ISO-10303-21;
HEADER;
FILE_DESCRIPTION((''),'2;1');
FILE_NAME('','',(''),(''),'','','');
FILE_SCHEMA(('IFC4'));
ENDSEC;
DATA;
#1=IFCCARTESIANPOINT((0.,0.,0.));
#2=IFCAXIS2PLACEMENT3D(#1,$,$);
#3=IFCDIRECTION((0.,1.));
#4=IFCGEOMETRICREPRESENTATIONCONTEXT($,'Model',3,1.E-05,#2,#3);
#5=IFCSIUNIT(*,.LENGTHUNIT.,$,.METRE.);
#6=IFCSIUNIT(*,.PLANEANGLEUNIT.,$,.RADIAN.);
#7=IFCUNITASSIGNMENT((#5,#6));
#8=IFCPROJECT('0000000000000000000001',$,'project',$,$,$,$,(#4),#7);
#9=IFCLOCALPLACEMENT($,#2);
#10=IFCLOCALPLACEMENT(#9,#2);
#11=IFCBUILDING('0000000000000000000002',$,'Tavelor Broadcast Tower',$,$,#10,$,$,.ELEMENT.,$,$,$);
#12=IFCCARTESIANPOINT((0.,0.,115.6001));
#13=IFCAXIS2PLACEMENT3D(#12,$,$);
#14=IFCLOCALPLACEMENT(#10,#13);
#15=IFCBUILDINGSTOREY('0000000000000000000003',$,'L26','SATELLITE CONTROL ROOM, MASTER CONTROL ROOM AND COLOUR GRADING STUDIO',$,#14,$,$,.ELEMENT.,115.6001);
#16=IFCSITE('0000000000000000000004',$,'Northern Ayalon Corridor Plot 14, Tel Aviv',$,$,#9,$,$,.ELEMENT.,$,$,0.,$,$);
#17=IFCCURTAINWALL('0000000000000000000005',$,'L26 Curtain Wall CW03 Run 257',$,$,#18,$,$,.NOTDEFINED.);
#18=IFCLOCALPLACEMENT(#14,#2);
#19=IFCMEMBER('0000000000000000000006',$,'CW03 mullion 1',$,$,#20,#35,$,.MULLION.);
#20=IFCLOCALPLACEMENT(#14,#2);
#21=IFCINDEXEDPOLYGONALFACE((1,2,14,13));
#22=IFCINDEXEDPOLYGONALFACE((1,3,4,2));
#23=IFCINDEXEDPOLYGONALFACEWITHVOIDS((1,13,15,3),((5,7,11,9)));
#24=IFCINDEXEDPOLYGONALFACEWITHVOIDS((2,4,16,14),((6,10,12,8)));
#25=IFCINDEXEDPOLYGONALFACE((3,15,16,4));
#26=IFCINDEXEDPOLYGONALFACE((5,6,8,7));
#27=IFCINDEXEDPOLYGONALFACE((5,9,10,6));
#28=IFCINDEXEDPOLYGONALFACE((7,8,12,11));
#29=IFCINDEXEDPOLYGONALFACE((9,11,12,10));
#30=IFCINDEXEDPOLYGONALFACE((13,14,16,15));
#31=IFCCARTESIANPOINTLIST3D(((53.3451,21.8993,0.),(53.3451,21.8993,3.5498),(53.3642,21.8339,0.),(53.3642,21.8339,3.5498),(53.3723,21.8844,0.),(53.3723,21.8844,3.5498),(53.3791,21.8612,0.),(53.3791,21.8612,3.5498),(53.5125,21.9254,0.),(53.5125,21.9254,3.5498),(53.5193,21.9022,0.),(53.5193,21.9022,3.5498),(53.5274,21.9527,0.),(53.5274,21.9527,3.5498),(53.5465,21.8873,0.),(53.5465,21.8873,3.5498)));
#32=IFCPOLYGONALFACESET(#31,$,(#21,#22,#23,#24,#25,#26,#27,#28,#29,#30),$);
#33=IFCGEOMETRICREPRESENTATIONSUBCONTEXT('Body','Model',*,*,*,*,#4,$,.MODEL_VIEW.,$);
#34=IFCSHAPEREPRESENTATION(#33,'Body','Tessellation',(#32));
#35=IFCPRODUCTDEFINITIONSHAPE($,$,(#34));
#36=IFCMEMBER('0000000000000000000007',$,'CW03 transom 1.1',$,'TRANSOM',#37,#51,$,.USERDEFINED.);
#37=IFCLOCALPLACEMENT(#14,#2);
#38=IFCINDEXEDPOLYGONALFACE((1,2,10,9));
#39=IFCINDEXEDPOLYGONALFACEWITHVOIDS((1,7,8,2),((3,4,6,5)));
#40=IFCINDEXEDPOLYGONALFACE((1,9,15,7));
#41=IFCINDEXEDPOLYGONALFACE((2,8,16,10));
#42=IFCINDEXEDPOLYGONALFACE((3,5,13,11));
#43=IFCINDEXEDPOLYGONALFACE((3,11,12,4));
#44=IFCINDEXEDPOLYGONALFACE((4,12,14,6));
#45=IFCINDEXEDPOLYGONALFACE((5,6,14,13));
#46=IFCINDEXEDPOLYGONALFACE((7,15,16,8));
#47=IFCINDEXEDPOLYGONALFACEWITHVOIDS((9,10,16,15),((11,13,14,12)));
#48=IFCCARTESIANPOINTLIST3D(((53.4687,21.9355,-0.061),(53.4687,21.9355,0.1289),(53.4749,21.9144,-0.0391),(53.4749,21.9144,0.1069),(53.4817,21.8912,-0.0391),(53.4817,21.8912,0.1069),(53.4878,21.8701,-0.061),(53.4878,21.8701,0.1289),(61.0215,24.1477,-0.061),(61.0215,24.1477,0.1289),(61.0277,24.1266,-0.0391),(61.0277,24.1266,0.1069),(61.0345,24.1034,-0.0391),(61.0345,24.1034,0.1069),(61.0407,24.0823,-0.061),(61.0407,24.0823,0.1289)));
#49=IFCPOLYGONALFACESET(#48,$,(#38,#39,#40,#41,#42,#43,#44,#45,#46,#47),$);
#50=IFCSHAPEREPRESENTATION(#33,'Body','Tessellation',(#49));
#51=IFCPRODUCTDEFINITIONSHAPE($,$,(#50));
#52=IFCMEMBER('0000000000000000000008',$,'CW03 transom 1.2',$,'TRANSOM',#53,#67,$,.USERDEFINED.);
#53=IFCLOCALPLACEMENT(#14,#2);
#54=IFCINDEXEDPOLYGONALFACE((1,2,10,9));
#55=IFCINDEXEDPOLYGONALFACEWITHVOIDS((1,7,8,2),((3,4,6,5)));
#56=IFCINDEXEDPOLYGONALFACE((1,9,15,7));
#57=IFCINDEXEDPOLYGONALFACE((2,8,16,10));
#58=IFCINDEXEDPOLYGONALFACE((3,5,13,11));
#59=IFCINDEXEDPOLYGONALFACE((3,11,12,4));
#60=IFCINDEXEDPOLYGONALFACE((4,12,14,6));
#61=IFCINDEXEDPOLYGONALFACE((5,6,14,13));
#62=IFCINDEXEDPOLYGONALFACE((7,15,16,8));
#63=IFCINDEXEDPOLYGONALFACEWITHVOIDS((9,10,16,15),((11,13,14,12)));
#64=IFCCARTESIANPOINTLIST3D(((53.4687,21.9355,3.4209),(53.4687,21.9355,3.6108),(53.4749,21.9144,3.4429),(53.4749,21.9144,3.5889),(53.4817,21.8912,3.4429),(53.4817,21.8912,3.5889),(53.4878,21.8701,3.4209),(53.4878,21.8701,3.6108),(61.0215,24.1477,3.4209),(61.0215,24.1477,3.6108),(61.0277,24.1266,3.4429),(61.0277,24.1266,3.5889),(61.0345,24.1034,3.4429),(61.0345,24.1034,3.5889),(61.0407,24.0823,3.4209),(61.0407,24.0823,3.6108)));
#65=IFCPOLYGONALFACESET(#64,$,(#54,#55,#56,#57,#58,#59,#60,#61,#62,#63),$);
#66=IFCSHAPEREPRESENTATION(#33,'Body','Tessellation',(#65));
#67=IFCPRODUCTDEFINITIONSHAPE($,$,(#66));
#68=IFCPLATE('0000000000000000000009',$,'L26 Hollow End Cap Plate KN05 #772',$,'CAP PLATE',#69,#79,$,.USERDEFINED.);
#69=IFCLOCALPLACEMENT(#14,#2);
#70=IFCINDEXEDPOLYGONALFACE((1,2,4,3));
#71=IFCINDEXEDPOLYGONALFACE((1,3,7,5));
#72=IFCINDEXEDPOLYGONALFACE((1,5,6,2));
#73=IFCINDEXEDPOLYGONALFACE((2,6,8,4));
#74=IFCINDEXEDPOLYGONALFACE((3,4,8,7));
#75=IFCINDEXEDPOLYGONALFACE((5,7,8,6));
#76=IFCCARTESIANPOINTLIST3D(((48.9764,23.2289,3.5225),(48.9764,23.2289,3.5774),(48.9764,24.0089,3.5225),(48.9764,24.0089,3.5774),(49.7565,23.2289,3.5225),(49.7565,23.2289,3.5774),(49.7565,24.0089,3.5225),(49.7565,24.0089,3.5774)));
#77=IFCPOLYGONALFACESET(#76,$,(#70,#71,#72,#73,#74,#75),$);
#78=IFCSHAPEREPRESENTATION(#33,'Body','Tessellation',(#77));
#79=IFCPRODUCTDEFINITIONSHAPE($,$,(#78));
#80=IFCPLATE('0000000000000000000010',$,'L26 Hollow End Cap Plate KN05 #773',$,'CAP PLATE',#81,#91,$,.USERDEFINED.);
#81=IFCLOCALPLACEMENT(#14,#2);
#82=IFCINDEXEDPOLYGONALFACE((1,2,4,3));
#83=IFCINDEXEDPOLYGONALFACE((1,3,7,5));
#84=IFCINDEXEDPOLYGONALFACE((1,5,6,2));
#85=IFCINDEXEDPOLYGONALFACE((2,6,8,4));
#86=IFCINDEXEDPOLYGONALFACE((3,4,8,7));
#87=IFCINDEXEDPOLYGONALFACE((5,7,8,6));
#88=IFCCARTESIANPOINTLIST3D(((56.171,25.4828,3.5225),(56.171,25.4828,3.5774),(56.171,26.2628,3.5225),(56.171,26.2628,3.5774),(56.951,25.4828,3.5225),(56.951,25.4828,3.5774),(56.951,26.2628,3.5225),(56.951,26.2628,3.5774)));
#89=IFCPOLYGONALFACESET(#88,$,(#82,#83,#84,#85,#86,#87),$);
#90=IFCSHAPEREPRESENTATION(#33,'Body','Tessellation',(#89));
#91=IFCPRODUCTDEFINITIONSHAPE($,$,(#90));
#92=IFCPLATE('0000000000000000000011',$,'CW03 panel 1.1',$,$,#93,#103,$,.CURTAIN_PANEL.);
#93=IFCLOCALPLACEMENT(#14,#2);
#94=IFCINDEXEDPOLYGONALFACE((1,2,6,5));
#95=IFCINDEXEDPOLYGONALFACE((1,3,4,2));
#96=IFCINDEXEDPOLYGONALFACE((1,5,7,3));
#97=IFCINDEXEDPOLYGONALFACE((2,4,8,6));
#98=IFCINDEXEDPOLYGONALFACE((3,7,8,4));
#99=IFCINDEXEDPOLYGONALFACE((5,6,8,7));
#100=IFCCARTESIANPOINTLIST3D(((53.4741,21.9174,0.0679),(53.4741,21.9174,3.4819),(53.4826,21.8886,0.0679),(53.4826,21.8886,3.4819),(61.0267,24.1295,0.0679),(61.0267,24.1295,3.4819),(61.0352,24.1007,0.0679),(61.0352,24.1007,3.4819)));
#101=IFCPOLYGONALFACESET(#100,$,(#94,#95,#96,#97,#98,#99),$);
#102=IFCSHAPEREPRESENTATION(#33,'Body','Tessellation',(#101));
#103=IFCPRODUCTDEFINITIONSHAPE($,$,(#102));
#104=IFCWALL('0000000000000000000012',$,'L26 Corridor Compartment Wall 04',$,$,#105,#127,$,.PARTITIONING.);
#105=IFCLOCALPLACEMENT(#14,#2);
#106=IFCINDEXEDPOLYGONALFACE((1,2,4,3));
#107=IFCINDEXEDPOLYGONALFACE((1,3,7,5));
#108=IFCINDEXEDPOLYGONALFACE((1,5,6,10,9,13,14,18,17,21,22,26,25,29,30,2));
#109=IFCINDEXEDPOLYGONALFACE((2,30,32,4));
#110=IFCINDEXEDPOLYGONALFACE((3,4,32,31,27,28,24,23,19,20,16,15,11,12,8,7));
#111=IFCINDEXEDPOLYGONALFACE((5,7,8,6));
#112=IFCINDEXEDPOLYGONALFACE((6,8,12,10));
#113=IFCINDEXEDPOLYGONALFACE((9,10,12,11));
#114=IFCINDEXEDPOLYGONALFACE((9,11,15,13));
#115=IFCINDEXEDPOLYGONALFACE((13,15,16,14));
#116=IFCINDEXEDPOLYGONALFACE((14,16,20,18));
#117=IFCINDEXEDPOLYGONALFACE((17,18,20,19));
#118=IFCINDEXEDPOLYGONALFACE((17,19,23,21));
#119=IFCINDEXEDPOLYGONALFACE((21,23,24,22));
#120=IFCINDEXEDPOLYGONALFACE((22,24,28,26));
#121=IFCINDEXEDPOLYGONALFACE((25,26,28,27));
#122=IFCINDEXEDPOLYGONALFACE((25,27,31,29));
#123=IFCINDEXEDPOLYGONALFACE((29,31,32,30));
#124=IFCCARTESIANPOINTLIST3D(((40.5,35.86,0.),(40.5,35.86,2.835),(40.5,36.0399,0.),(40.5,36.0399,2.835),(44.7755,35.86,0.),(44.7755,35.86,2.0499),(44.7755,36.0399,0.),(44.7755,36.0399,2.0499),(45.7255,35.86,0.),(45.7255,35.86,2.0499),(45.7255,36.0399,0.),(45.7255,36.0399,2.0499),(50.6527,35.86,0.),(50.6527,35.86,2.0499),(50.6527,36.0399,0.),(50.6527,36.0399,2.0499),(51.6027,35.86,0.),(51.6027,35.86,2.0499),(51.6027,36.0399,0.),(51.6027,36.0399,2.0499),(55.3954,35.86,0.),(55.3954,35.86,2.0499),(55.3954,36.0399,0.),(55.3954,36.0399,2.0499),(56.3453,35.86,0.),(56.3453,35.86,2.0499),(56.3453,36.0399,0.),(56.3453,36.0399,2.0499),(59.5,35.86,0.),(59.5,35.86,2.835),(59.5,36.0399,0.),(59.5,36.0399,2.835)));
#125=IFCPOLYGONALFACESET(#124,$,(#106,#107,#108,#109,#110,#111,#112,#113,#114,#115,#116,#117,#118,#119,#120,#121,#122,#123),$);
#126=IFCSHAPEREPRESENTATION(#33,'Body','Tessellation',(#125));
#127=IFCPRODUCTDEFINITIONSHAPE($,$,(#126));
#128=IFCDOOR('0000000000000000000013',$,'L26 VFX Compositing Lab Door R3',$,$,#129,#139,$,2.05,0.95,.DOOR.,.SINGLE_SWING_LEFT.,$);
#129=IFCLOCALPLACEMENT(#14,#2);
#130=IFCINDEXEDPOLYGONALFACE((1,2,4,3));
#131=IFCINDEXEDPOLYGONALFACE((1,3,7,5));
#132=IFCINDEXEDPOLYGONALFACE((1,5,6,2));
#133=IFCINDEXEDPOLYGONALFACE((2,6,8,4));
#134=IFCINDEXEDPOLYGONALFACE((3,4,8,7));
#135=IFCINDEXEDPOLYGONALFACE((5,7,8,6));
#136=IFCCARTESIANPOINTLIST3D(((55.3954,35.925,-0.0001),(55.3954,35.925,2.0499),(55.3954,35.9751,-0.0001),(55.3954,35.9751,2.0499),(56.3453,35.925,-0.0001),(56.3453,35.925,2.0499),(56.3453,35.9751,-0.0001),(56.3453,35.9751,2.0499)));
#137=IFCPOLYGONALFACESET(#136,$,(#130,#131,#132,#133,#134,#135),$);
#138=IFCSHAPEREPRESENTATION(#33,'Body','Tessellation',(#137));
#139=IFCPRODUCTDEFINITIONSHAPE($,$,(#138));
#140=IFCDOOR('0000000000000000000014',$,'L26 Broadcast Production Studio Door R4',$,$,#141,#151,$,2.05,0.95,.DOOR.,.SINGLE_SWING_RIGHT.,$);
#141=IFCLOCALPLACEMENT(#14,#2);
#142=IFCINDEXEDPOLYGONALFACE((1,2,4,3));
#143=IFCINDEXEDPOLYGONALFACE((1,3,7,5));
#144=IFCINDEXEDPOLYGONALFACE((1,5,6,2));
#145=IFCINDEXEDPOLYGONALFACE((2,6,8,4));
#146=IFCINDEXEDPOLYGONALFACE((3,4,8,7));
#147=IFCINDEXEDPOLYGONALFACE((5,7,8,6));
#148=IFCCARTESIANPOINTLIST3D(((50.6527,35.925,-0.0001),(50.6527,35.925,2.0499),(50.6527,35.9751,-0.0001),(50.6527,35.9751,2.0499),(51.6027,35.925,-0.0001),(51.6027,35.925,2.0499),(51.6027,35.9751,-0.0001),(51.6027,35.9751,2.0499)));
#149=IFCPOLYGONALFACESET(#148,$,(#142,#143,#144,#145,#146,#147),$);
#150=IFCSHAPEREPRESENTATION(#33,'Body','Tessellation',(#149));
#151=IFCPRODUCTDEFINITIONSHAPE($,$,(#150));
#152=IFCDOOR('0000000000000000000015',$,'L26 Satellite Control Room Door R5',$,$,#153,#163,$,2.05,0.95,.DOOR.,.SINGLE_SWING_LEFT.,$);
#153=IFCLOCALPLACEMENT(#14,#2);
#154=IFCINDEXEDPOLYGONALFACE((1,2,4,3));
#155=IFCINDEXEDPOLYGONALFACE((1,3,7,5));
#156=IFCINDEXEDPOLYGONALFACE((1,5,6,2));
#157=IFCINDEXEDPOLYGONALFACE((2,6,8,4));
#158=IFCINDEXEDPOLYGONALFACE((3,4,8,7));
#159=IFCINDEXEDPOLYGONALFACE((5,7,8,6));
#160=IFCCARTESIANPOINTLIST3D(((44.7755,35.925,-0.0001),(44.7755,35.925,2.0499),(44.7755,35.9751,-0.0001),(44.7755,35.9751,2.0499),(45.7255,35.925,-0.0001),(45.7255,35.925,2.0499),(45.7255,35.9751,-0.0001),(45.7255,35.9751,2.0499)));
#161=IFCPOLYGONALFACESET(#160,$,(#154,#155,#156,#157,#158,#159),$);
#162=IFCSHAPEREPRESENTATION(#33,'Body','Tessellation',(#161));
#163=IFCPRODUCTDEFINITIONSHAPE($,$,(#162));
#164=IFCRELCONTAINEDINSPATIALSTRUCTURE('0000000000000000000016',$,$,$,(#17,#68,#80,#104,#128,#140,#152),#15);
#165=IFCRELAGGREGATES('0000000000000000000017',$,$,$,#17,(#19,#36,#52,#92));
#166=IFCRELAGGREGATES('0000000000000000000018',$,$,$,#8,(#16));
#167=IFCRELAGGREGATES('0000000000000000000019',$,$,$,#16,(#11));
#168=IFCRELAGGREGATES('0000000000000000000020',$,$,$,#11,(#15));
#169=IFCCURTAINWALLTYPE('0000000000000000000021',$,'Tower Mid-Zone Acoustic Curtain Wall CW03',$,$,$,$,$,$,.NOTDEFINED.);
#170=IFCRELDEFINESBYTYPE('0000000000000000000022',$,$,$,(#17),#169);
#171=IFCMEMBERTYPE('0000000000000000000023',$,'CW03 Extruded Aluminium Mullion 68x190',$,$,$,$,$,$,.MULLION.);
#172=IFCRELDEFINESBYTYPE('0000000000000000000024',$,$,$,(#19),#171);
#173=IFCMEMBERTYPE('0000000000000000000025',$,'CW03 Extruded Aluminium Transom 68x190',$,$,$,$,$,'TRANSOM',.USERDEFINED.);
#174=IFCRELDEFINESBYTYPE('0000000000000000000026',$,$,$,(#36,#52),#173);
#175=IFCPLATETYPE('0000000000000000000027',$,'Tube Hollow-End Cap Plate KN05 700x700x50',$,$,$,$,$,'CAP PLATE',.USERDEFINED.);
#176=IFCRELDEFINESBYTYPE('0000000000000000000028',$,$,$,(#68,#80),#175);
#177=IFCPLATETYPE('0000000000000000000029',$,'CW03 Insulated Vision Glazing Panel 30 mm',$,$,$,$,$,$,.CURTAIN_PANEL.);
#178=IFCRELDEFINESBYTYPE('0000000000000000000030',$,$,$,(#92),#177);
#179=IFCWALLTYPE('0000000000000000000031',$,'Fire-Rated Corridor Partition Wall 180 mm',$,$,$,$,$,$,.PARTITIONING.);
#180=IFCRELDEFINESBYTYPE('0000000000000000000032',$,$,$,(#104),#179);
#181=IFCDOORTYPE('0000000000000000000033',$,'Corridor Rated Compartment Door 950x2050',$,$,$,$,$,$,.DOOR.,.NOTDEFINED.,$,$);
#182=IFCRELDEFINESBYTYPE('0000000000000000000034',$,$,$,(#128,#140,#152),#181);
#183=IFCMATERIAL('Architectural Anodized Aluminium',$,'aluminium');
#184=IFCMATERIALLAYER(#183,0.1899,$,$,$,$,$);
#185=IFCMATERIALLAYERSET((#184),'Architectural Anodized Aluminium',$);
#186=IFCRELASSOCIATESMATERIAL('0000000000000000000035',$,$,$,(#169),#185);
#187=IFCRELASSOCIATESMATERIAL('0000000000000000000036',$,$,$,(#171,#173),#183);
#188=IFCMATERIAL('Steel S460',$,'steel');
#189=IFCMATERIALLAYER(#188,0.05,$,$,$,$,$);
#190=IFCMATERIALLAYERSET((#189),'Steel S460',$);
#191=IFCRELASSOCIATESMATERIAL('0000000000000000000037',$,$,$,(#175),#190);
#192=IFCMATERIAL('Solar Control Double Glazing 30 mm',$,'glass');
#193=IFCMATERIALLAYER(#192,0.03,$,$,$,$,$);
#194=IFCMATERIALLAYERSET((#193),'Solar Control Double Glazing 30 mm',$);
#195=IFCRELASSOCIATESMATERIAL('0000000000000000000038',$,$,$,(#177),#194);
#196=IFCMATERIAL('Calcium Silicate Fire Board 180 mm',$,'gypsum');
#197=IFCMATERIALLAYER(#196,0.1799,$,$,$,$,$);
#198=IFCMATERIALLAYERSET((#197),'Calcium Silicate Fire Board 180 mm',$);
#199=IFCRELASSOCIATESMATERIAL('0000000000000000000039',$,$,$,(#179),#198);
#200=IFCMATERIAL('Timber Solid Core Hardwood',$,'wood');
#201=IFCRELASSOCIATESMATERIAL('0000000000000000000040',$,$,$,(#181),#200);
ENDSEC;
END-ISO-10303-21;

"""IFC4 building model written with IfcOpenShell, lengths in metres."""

from ifc_helpers import new_model, si_unit, direction, frame, frame_2d, origin, origin_2d, place, context, subcontext, project, spatial, rectangle, hollow_rectangle, extrude, source, transform, mapped, material, layer, layer_set, material_profile, profile_set, type_object, type_shapes, element, fill, aggregate, save


model = new_model("IFC4")

# Units and contexts
model_context = context("Model", 3, precision=1e-05, world=origin(), true_north=direction((0.0, 1.0)))
body_context = subcontext(model_context, "Body", "Model", "MODEL_VIEW")
ifc_project = project(units=[si_unit("LENGTHUNIT", "METRE"), si_unit("PLANEANGLEUNIT", "RADIAN")], contexts=[model_context])

# Site, building, storey
site_placement = place(None, origin())
site = spatial("IfcSite", under=ifc_project, at=site_placement, Name="Northern Ayalon Corridor Plot 14, Tel Aviv", CompositionType="ELEMENT", RefElevation=0.0)
building_placement = place(site_placement, origin())
building = spatial("IfcBuilding", under=site, at=building_placement, Name="Tavelor Broadcast Tower", CompositionType="ELEMENT")
storey_placement = place(building_placement, frame((0.0, 0.0, 115.6001)))
storey = spatial("IfcBuildingStorey", under=building, at=storey_placement, Name="L26", Description="SATELLITE CONTROL ROOM, MASTER CONTROL ROOM AND COLOUR GRADING STUDIO", CompositionType="ELEMENT", Elevation=115.6001)

# Shared definitions
ifc_material_1 = material(Name="Steel S460", Category="steel")

# Curtain wall, members
ifc_material_2 = material(Name="Architectural Anodized Aluminium", Category="aluminium")
ifc_layer_1 = layer(ifc_material_2, 0.1899)
ifc_layer_set_1 = layer_set([ifc_layer_1], Name="Architectural Anodized Aluminium")
curtain_wall_type = type_object("IfcCurtainWallType", Name="Tower Mid-Zone Acoustic Curtain Wall CW03", PredefinedType="NOTDEFINED", material=ifc_layer_set_1)
curtain_wall_placement = place(storey_placement, origin())
curtain_wall = element("IfcCurtainWall", 1, at=curtain_wall_placement, inside=storey, type_object=curtain_wall_type, Name="L26 Curtain Wall CW03 Run 257", PredefinedType="NOTDEFINED")
ifc_material_profile_1 = material_profile(ifc_material_2, hollow_rectangle(XDim=0.0681, YDim=0.1899, WallThickness=0.022, at=origin_2d()), Name="RHS 68x190x22")
ifc_profile_set_1 = profile_set([ifc_material_profile_1], Name="Architectural Anodized Aluminium")
member_type_1 = type_object("IfcMemberType", Name="CW03 Extruded Aluminium Mullion 68x190", PredefinedType="MULLION", material=ifc_profile_set_1)
shared_shape_1 = source(origin(), body_context, "Body", "SweptSolid", [
    extrude(hollow_rectangle(XDim=0.0681, YDim=0.1899, WallThickness=0.022, at=origin_2d()), origin(), (0.0, 0.0, 1.0), 3.5498),
])
type_shapes(member_type_1, [shared_shape_1])
member_1_placement = place(storey_placement, frame((53.4458, 21.8933, 0.0), z_axis=(0.0, 0.0, 1.0), x_axis=(-0.281081, 0.959684, 0.0)))
member_1 = element("IfcMember", 2, at=member_1_placement, type_object=member_type_1, Name="CW03 mullion 1", PredefinedType="MULLION", context=body_context, shape_type="MappedRepresentation", body=[
    mapped(shared_shape_1, transform((0.0, 0.0, 0.0), scale=1.0)),
])
ifc_material_profile_2 = material_profile(ifc_material_2, hollow_rectangle(XDim=0.0681, YDim=0.1899, WallThickness=0.022, at=origin_2d()), Name="RHS 68x190x22")
ifc_profile_set_2 = profile_set([ifc_material_profile_2], Name="Architectural Anodized Aluminium")
member_type_2 = type_object("IfcMemberType", Name="CW03 Extruded Aluminium Transom 68x190", ElementType="TRANSOM", PredefinedType="USERDEFINED", material=ifc_profile_set_2)
shared_shape_2 = source(origin(), body_context, "Body", "SweptSolid", [
    extrude(hollow_rectangle(XDim=0.0681, YDim=0.1899, WallThickness=0.022, at=origin_2d()), origin(), (0.0, 0.0, 1.0), 7.8701),
])
type_shapes(member_type_2, [shared_shape_2])
member_2_placement = place(storey_placement, frame((53.4783, 21.9028, 0.0339), z_axis=(0.959683, 0.281086, 0.0), x_axis=(-0.281086, 0.959683, 0.0)))
member_2 = element("IfcMember", 3, at=member_2_placement, type_object=member_type_2, Name="CW03 transom 1.1", ObjectType="TRANSOM", PredefinedType="USERDEFINED", context=body_context, shape_type="MappedRepresentation", body=[
    mapped(shared_shape_2, transform((0.0, 0.0, 0.0), scale=1.0)),
])
member_3_placement = place(storey_placement, frame((53.4783, 21.9028, 3.5159), z_axis=(0.959683, 0.281086, 0.0), x_axis=(-0.281086, 0.959683, 0.0)))
member_3 = element("IfcMember", 4, at=member_3_placement, type_object=member_type_2, Name="CW03 transom 1.2", ObjectType="TRANSOM", PredefinedType="USERDEFINED", context=body_context, shape_type="MappedRepresentation", body=[
    mapped(shared_shape_2, transform((0.0, 0.0, 0.0), scale=1.0)),
])

# Plates
ifc_layer_2 = layer(ifc_material_1, 0.05)
ifc_layer_set_2 = layer_set([ifc_layer_2], Name="Steel S460")
plate_type_1 = type_object("IfcPlateType", Name="Tube Hollow-End Cap Plate KN05 700x700x50", ElementType="CAP PLATE", PredefinedType="USERDEFINED", material=ifc_layer_set_2)
shared_shape_3 = source(origin(), body_context, "Body", "SweptSolid", [
    extrude(rectangle(XDim=0.78, YDim=0.78, at=origin_2d()), origin(), (0.0, 0.0, 1.0), 0.0549),
])
type_shapes(plate_type_1, [shared_shape_3])
for number, where, z_axis, x_axis, name in (
    (5, (49.3665, 23.6189, 3.5225), (0.0, 0.0, 1.0), (1.0, 0.0, 0.0), "L26 Hollow End Cap Plate KN05 #772"),
    (6, (56.561, 25.8728, 3.5225), (0.0, 0.0, 1.0), (1.0, 0.0, 0.0), "L26 Hollow End Cap Plate KN05 #773"),
):
    element("IfcPlate", number, at=place(storey_placement, frame(where, z_axis=z_axis, x_axis=x_axis)), inside=storey, type_object=plate_type_1, Name=name, ObjectType="CAP PLATE", PredefinedType="USERDEFINED", context=body_context, shape_type="MappedRepresentation", body=[
        mapped(shared_shape_3, transform((0.0, 0.0, 0.0), scale=1.0)),
    ])

# Plate
ifc_material_3 = material(Name="Solar Control Double Glazing 30 mm", Category="glass")
ifc_layer_3 = layer(ifc_material_3, 0.03)
ifc_layer_set_3 = layer_set([ifc_layer_3], Name="Solar Control Double Glazing 30 mm")
plate_type_2 = type_object("IfcPlateType", Name="CW03 Insulated Vision Glazing Panel 30 mm", PredefinedType="CURTAIN_PANEL", material=ifc_layer_set_3)
shared_shape_4 = source(origin(), body_context, "Body", "SweptSolid", [
    extrude(rectangle(XDim=7.8699, YDim=0.03, at=origin_2d()), origin(), (0.0, 0.0, 1.0), 3.4141),
])
type_shapes(plate_type_2, [shared_shape_4])
plate_placement = place(storey_placement, frame((57.2546, 23.009, 0.0679), z_axis=(0.0, 0.0, 1.0), x_axis=(0.959684, 0.281081, 0.0)))
plate = element("IfcPlate", 7, at=plate_placement, type_object=plate_type_2, Name="CW03 panel 1.1", PredefinedType="CURTAIN_PANEL", context=body_context, shape_type="MappedRepresentation", body=[
    mapped(shared_shape_4, transform((0.0, 0.0, 0.0), scale=1.0)),
])
aggregate(curtain_wall, [member_1, member_2, member_3, plate])

# Wall, openings, doors
ifc_material_4 = material(Name="Calcium Silicate Fire Board 180 mm", Category="gypsum")
ifc_layer_4 = layer(ifc_material_4, 0.1799)
ifc_layer_set_4 = layer_set([ifc_layer_4], Name="Calcium Silicate Fire Board 180 mm")
wall_type_1 = type_object("IfcWallType", Name="Fire-Rated Corridor Partition Wall 180 mm", PredefinedType="PARTITIONING", material=ifc_layer_set_4)
wall_1_placement = place(storey_placement, frame((59.5, 35.95, 0.0), z_axis=(0.0, 0.0, 1.0), x_axis=(-1.0, 0.0, 0.0)))
wall_1 = element("IfcWall", 8, at=wall_1_placement, inside=storey, type_object=wall_type_1, Name="L26 Corridor Compartment Wall 04", PredefinedType="PARTITIONING", context=body_context, shape_type="SweptSolid", body=[
    extrude(rectangle(XDim=19.0, YDim=0.1799, at=frame_2d((9.5, 0.0))), origin(), (0.0, 0.0, 1.0), 2.835),
])
opening_1_placement = place(wall_1_placement, frame((3.1545, 0.0, 0.0)))
opening_1 = element("IfcOpeningElement", 9, at=opening_1_placement, cuts=wall_1, PredefinedType="OPENING", context=body_context, shape_type="SweptSolid", body=[
    extrude(rectangle(XDim=0.95, YDim=2.05, at=frame_2d((0.4751, 1.0249))), frame((0.0, 0.1001, 0.0), z_axis=(0.0, -1.0, 0.0), x_axis=(1.0, 0.0, 0.0)), (0.0, 0.0, 1.0), 0.2),
])
opening_2_placement = place(wall_1_placement, frame((7.8972, 0.0, 0.0)))
opening_2 = element("IfcOpeningElement", 10, at=opening_2_placement, cuts=wall_1, PredefinedType="OPENING", context=body_context, shape_type="SweptSolid", body=[
    extrude(rectangle(XDim=0.95, YDim=2.05, at=frame_2d((0.4751, 1.0249))), frame((0.0, 0.1001, 0.0), z_axis=(0.0, -1.0, 0.0), x_axis=(1.0, 0.0, 0.0)), (0.0, 0.0, 1.0), 0.2),
])
opening_3_placement = place(wall_1_placement, frame((13.7744, 0.0, 0.0)))
opening_3 = element("IfcOpeningElement", 11, at=opening_3_placement, cuts=wall_1, PredefinedType="OPENING", context=body_context, shape_type="SweptSolid", body=[
    extrude(rectangle(XDim=0.95, YDim=2.05, at=frame_2d((0.4751, 1.0249))), frame((0.0, 0.1001, 0.0), z_axis=(0.0, -1.0, 0.0), x_axis=(1.0, 0.0, 0.0)), (0.0, 0.0, 1.0), 0.2),
])
ifc_material_5 = material(Name="Timber Solid Core Hardwood", Category="wood")
door_type = type_object("IfcDoorType", Name="Corridor Rated Compartment Door 950x2050", OperationType="NOTDEFINED", PredefinedType="DOOR", material=ifc_material_5)
door_1_placement = place(opening_1_placement, origin())
door_1 = element("IfcDoor", 12, at=door_1_placement, inside=storey, type_object=door_type, Name="L26 VFX Compositing Lab Door R3", OperationType="SINGLE_SWING_LEFT", OverallHeight=2.05, OverallWidth=0.95, PredefinedType="DOOR", context=body_context, shape_type="SweptSolid", body=[
    extrude(rectangle(XDim=0.95, YDim=2.05, at=frame_2d((0.4751, 1.0249))), frame((0.0, 0.0249, 0.0), z_axis=(0.0, -1.0, 0.0), x_axis=(1.0, 0.0, 0.0)), (0.0, 0.0, 1.0), 0.05),
])
fill(opening_1, door_1)
door_2_placement = place(opening_2_placement, origin())
door_2 = element("IfcDoor", 13, at=door_2_placement, inside=storey, type_object=door_type, Name="L26 Broadcast Production Studio Door R4", OperationType="SINGLE_SWING_RIGHT", OverallHeight=2.05, OverallWidth=0.95, PredefinedType="DOOR", context=body_context, shape_type="SweptSolid", body=[
    extrude(rectangle(XDim=0.95, YDim=2.05, at=frame_2d((0.4751, 1.0249))), frame((0.0, 0.0249, 0.0), z_axis=(0.0, -1.0, 0.0), x_axis=(1.0, 0.0, 0.0)), (0.0, 0.0, 1.0), 0.05),
])
fill(opening_2, door_2)
door_3_placement = place(opening_3_placement, origin())
door_3 = element("IfcDoor", 14, at=door_3_placement, inside=storey, type_object=door_type, Name="L26 Satellite Control Room Door R5", OperationType="SINGLE_SWING_LEFT", OverallHeight=2.05, OverallWidth=0.95, PredefinedType="DOOR", context=body_context, shape_type="SweptSolid", body=[
    extrude(rectangle(XDim=0.95, YDim=2.05, at=frame_2d((0.4751, 1.0249))), frame((0.0, 0.0249, 0.0), z_axis=(0.0, -1.0, 0.0), x_axis=(1.0, 0.0, 0.0)), (0.0, 0.0, 1.0), 0.05),
])
fill(opening_3, door_3)

save(model, "model.ifc")
